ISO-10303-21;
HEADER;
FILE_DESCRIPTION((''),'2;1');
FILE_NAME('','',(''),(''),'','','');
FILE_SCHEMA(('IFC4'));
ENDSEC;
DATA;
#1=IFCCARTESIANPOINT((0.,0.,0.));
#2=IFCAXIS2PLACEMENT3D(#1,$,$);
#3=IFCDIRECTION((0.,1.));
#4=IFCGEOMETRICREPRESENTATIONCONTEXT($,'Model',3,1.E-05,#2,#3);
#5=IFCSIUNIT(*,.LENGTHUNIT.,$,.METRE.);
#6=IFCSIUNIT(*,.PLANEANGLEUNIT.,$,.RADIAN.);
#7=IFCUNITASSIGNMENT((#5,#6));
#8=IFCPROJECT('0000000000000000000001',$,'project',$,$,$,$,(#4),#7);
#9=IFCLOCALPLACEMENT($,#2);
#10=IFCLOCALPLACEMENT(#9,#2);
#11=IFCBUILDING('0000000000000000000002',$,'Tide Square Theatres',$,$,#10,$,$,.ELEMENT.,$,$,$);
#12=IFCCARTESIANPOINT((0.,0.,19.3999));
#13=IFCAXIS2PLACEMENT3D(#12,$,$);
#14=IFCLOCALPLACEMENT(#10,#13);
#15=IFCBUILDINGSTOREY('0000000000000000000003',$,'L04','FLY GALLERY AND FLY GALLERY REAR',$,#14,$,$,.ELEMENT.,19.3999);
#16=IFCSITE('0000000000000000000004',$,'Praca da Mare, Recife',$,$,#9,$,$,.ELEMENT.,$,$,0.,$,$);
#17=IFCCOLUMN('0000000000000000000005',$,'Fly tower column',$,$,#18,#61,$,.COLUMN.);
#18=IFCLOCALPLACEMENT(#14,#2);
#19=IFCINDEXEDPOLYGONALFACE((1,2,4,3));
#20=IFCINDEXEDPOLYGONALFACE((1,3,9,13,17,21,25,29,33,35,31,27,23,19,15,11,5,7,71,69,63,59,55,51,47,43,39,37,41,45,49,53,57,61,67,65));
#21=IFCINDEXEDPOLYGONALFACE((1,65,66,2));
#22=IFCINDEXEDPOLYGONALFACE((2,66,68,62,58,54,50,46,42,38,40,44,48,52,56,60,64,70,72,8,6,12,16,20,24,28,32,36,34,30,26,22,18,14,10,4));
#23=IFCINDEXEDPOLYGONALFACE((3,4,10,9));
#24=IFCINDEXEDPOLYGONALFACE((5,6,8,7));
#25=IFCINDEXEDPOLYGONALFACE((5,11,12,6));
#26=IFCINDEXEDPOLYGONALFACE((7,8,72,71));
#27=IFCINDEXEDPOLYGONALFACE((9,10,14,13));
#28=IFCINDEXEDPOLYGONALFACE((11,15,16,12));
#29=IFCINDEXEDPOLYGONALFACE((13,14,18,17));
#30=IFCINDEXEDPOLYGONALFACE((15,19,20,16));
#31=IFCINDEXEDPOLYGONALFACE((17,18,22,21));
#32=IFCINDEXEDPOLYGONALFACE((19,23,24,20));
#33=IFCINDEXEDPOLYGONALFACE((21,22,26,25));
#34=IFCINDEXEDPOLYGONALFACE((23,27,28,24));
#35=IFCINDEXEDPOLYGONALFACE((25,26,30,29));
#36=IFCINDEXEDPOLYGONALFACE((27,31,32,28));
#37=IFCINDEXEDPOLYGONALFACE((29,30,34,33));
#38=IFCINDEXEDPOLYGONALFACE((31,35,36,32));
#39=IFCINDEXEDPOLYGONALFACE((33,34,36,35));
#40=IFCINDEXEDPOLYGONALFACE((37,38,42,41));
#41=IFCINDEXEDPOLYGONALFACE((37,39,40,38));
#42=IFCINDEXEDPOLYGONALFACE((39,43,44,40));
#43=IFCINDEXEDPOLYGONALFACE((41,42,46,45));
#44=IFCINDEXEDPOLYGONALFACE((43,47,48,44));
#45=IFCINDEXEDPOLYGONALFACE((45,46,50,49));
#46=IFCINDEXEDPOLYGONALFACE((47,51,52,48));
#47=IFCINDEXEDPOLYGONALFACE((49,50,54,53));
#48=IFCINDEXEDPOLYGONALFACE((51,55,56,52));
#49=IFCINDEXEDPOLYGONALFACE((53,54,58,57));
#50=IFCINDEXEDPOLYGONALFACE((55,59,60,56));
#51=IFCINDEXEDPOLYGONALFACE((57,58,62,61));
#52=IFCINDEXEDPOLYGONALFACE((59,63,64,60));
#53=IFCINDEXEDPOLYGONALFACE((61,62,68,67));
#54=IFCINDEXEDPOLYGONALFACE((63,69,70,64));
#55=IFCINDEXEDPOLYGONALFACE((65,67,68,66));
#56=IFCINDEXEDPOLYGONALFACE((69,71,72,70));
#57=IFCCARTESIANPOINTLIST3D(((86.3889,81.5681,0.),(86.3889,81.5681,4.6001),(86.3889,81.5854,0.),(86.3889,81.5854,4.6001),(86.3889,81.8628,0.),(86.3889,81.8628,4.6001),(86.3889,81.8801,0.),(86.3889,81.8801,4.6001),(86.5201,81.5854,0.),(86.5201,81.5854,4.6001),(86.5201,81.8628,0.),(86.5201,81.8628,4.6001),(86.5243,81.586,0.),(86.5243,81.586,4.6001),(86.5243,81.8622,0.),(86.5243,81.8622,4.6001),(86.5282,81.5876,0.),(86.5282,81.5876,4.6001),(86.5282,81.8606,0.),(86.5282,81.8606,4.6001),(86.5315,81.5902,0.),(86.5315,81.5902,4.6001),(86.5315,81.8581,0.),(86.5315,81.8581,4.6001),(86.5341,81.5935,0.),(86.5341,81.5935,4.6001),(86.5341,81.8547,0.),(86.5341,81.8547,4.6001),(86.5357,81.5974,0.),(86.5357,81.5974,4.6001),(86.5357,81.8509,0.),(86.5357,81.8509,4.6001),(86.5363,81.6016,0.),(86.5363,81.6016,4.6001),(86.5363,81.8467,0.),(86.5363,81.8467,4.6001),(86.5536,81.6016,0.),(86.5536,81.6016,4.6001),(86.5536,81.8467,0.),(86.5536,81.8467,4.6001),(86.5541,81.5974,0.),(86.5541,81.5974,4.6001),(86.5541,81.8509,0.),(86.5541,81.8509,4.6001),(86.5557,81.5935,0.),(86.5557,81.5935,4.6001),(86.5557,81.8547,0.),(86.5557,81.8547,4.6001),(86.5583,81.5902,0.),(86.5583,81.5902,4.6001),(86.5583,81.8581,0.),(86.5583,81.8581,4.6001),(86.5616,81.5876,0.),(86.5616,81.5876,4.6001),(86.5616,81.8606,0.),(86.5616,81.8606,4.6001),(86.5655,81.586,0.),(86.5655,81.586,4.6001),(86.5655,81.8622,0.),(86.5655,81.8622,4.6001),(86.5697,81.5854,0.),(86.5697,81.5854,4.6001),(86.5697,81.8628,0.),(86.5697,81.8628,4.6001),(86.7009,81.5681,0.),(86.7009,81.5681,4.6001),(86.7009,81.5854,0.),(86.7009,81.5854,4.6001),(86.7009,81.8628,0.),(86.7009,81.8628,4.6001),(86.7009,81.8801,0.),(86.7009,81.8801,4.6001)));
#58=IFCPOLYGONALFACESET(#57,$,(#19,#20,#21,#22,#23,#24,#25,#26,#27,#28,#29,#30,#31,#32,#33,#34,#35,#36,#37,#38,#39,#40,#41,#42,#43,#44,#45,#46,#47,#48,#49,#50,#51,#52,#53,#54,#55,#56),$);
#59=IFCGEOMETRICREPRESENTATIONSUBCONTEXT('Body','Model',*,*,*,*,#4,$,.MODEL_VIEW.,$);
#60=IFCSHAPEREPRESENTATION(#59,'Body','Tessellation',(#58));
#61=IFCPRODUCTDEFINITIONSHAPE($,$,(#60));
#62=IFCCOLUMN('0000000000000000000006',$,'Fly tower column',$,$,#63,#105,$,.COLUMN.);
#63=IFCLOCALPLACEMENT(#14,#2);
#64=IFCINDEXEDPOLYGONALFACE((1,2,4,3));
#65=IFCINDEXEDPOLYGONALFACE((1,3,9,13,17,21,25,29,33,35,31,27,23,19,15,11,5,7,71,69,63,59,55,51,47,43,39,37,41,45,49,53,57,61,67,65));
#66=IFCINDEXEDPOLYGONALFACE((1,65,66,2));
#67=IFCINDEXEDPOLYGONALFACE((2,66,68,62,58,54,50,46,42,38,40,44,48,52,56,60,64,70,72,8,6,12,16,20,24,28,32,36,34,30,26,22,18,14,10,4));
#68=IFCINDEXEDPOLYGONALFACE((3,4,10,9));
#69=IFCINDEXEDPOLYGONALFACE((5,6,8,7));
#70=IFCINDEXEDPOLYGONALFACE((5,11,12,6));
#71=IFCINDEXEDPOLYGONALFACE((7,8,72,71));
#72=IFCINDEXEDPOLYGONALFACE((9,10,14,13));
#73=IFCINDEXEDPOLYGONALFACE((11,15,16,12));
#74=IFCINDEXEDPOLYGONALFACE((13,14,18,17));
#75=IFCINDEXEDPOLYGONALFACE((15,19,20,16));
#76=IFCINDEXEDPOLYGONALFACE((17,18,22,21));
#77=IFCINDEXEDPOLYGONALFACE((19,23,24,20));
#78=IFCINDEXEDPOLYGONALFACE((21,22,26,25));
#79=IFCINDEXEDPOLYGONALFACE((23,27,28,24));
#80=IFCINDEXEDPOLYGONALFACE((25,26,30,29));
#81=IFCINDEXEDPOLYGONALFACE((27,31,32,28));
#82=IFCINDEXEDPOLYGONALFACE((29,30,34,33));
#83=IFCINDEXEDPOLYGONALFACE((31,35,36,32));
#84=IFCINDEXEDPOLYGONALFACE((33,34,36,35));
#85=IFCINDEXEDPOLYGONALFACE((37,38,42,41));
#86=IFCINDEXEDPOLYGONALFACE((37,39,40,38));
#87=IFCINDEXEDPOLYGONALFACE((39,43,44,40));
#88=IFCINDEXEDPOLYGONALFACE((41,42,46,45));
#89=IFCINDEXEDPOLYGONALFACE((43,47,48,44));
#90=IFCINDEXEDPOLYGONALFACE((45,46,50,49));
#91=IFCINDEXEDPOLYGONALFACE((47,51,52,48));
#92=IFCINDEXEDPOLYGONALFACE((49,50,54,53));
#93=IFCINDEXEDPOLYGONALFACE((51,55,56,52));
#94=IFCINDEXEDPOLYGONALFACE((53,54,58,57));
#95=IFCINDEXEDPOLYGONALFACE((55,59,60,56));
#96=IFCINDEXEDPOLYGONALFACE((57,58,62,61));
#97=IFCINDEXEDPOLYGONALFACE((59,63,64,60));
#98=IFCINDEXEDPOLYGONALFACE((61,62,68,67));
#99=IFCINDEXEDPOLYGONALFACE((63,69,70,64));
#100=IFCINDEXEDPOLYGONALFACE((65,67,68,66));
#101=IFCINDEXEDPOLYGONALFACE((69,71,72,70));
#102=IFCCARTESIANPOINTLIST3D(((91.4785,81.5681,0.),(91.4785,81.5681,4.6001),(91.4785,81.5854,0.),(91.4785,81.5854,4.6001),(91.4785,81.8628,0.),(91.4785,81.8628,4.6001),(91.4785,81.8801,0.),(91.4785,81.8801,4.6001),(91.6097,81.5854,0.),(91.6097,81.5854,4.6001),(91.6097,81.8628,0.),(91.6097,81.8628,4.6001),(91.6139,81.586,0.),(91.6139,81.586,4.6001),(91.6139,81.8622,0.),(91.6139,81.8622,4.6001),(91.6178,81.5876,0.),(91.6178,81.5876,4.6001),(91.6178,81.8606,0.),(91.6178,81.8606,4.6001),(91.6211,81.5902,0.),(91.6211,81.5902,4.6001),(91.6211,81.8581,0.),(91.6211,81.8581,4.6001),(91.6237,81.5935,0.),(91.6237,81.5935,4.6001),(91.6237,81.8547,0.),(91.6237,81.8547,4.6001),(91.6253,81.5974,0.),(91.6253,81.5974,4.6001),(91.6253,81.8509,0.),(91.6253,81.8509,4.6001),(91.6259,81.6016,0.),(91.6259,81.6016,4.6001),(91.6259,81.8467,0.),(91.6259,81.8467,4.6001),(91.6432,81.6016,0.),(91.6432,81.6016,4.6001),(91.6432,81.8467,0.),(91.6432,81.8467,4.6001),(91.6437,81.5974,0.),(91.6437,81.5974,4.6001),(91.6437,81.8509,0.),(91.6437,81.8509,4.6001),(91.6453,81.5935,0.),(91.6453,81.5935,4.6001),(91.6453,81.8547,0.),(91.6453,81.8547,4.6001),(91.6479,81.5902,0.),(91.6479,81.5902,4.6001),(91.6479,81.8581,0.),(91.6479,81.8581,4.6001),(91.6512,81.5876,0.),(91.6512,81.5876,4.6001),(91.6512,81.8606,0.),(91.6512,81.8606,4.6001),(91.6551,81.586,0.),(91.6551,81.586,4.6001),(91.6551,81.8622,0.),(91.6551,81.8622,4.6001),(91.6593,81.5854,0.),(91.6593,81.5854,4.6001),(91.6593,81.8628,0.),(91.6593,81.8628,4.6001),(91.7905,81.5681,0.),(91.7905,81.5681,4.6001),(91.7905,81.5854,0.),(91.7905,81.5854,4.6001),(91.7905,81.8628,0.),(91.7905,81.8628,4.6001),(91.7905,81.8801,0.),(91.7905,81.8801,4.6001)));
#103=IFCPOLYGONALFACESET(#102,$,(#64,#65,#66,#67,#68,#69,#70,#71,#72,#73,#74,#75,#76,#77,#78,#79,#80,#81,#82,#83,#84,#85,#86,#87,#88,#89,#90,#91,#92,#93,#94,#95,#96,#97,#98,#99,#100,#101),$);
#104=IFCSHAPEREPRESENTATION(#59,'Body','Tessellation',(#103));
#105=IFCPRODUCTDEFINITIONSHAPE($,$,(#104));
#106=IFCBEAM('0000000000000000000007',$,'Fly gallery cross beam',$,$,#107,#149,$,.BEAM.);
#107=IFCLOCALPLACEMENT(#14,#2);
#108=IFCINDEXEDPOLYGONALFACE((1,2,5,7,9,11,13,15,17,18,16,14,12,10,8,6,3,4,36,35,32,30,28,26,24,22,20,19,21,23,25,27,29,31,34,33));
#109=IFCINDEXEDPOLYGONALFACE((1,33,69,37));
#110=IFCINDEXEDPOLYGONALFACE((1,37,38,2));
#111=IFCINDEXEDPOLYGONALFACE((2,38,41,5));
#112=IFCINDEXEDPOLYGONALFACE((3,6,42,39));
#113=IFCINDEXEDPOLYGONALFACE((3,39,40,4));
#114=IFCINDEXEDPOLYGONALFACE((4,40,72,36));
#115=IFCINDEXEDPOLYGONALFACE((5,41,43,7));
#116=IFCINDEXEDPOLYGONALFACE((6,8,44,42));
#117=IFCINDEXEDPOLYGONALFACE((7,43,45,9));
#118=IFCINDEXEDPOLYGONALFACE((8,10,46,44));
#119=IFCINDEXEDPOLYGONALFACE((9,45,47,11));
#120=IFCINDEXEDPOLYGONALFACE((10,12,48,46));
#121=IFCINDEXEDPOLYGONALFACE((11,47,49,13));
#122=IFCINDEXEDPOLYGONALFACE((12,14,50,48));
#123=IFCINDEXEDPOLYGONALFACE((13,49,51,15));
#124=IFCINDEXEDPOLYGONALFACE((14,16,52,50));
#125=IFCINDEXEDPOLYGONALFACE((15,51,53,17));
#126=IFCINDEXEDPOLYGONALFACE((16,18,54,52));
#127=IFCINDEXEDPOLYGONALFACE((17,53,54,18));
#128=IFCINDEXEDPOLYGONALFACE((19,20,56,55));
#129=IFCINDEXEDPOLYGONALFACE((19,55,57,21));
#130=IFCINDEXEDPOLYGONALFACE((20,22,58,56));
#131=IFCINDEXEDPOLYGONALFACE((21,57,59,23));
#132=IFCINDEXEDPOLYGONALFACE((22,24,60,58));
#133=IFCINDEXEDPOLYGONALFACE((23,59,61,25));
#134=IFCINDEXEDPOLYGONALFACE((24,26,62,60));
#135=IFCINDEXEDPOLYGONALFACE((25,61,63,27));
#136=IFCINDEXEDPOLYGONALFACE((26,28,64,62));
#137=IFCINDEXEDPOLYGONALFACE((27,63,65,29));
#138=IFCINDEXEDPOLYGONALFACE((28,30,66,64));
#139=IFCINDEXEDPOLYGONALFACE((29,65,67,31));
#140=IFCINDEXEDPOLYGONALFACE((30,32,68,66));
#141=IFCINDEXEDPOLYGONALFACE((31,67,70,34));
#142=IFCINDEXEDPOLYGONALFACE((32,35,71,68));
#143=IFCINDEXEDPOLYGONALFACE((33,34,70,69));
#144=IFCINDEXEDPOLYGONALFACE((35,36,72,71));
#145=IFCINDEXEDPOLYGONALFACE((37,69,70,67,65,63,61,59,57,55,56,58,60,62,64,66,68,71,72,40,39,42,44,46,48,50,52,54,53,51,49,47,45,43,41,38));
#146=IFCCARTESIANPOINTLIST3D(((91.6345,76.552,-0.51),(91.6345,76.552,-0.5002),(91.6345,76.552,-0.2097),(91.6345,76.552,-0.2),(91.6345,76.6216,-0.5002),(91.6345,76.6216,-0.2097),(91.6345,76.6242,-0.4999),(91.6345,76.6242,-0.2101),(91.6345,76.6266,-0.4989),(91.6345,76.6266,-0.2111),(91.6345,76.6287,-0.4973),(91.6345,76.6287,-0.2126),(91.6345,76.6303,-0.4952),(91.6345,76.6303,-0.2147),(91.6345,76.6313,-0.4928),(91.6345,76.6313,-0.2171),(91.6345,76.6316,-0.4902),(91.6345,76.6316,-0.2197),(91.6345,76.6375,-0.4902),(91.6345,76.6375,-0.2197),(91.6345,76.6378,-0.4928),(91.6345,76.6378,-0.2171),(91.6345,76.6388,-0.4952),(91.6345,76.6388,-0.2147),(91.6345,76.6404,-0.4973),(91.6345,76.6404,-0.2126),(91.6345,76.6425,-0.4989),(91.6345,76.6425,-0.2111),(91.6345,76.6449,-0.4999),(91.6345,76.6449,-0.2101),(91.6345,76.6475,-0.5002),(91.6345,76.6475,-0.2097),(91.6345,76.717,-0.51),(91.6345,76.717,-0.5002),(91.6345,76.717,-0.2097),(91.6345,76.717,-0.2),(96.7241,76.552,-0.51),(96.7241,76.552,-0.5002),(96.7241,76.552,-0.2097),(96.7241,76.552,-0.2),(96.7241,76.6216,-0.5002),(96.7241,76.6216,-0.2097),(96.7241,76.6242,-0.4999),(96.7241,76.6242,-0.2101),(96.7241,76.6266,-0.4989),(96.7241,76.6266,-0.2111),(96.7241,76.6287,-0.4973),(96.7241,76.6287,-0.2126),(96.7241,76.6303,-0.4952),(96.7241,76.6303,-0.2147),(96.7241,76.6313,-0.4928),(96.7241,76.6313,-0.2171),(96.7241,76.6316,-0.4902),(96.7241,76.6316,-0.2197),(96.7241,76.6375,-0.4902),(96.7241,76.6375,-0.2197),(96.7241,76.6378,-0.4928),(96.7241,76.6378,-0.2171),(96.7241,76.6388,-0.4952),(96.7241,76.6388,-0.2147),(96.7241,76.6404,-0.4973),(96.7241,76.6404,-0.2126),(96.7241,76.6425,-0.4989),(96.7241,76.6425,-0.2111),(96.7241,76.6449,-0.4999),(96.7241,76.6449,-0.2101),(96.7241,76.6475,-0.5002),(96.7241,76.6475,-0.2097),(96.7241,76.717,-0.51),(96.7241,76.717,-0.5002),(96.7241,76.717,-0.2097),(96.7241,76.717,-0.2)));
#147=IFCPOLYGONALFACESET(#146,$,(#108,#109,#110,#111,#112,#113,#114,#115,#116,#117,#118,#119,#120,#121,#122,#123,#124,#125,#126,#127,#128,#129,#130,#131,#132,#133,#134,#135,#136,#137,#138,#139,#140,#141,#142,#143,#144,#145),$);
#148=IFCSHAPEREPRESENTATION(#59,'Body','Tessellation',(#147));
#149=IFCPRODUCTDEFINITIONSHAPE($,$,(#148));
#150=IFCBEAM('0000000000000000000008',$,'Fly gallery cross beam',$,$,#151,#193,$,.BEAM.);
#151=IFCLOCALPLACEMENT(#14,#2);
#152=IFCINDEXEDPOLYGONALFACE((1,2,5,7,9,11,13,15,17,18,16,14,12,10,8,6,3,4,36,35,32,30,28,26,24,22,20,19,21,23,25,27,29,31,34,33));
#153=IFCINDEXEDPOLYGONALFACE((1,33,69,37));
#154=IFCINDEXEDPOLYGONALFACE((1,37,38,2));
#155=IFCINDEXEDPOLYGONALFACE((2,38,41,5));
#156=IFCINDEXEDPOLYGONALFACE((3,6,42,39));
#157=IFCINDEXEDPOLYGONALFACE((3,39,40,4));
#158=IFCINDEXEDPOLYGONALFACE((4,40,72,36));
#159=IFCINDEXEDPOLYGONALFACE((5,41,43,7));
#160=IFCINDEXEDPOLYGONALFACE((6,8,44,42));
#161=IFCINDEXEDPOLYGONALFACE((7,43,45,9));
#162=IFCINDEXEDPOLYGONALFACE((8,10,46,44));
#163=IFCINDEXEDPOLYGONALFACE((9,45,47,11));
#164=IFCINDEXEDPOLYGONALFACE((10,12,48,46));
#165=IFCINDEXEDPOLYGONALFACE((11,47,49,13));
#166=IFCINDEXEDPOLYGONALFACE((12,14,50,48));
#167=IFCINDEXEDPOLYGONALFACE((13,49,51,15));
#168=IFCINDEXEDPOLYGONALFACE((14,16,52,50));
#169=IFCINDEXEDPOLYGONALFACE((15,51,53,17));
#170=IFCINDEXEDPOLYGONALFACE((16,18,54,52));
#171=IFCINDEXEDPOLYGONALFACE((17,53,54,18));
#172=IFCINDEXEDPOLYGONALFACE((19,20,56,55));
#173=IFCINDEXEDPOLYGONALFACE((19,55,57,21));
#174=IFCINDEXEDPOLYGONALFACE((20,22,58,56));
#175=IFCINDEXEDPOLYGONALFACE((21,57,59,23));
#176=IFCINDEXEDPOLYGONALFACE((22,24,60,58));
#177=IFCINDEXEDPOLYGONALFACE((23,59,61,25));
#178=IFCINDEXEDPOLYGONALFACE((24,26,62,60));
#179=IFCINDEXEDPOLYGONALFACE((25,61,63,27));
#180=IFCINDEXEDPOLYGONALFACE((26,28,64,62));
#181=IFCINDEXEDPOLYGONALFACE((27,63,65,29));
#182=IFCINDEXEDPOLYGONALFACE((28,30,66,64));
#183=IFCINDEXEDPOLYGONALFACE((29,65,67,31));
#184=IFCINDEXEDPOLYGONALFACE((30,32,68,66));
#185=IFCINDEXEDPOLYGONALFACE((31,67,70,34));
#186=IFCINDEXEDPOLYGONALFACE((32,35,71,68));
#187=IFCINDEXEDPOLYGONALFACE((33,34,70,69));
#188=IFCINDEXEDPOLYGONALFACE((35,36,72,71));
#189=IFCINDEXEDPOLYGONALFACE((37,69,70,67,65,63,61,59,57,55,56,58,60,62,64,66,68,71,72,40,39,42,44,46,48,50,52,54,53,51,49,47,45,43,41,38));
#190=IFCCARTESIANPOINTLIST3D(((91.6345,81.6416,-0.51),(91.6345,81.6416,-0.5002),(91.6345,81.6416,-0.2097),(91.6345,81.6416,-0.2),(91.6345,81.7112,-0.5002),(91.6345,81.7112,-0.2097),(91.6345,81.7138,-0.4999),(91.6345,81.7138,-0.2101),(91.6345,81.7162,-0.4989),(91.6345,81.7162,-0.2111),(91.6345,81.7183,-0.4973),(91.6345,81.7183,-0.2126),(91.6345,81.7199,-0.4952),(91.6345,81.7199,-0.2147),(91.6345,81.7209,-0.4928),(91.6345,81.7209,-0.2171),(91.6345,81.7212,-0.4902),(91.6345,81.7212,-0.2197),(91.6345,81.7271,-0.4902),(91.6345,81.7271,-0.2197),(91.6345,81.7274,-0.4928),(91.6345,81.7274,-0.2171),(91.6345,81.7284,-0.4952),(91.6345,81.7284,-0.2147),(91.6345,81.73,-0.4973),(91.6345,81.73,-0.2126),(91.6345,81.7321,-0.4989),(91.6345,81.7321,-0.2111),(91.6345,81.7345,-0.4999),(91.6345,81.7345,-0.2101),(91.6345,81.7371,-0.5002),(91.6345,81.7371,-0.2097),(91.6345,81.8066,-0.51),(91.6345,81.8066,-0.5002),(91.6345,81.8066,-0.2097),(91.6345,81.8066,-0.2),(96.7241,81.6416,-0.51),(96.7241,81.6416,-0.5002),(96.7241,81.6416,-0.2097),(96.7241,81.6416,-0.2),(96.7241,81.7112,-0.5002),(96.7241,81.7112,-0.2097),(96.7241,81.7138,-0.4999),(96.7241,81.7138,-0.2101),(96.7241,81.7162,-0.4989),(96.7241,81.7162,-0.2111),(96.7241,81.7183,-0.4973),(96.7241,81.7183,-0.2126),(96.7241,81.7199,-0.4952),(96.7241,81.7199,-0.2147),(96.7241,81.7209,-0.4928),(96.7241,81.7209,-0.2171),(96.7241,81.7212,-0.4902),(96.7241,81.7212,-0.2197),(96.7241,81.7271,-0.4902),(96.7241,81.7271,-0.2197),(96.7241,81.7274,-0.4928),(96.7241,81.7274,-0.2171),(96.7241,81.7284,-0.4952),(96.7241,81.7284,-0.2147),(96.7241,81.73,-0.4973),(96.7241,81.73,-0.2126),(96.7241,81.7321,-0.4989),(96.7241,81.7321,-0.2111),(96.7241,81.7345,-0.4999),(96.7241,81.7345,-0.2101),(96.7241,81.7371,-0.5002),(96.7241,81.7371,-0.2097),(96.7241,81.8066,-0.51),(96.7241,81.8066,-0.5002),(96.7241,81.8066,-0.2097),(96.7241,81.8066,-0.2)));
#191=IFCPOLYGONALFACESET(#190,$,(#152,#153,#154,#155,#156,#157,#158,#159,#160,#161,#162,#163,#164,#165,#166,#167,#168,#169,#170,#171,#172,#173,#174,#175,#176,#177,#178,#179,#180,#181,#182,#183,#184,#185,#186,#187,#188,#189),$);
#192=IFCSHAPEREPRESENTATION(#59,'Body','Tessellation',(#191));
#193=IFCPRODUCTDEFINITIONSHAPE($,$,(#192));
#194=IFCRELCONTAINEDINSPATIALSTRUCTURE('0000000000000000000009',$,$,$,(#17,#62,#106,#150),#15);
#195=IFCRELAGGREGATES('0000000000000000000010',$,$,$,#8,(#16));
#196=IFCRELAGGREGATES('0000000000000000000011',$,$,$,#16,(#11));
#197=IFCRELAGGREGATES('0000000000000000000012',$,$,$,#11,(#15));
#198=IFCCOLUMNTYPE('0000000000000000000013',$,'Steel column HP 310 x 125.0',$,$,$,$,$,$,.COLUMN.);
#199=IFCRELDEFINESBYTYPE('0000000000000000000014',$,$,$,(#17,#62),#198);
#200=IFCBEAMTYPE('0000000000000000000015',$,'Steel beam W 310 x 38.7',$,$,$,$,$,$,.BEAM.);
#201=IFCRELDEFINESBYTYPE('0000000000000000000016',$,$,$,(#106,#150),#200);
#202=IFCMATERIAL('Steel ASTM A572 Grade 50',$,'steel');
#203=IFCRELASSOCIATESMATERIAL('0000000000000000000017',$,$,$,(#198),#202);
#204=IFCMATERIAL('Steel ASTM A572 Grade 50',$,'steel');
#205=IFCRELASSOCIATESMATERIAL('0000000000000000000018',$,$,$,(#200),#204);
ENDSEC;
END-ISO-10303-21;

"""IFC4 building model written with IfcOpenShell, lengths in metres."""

from ifc_helpers import new_model, si_unit, direction, frame, origin, origin_2d, place, context, subcontext, project, spatial, i_section, extrude, material, material_profile, profile_set, type_object, element, save


model = new_model("IFC4")

# Units and contexts
model_context = context("Model", 3, precision=1e-05, world=origin(), true_north=direction((0.0, 1.0)))
body_context = subcontext(model_context, "Body", "Model", "MODEL_VIEW")
ifc_project = project(units=[si_unit("LENGTHUNIT", "METRE"), si_unit("PLANEANGLEUNIT", "RADIAN")], contexts=[model_context])

# Site, building, storey
site_placement = place(None, origin())
site = spatial("IfcSite", under=ifc_project, at=site_placement, Name="Praca da Mare, Recife", CompositionType="ELEMENT", RefElevation=0.0)
building_placement = place(site_placement, origin())
building = spatial("IfcBuilding", under=site, at=building_placement, Name="Tide Square Theatres", CompositionType="ELEMENT")
storey_placement = place(building_placement, frame((0.0, 0.0, 19.3999)))
storey = spatial("IfcBuildingStorey", under=building, at=storey_placement, Name="L04", Description="FLY GALLERY AND FLY GALLERY REAR", CompositionType="ELEMENT", Elevation=19.3999)

# Columns
ifc_material_1 = material(Name="Steel ASTM A572 Grade 50", Category="steel")
ifc_material_profile_1 = material_profile(ifc_material_1, i_section(OverallWidth=0.312, OverallDepth=0.312, WebThickness=0.0173, FlangeThickness=0.0173, FilletRadius=0.0161, at=origin_2d()))
ifc_profile_set_1 = profile_set([ifc_material_profile_1], Name="Steel ASTM A572 Grade 50")
column_type = type_object("IfcColumnType", Name="Steel column HP 310 x 125.0", PredefinedType="COLUMN", material=ifc_profile_set_1)
for number, where, z_axis, x_axis, name in (
    (1, (86.5449, 81.7241, 0.0), (0.0, 0.0, 1.0), (1.0, 0.0, 0.0), "Fly tower column"),
    (2, (91.6345, 81.7241, 0.0), (0.0, 0.0, 1.0), (1.0, 0.0, 0.0), "Fly tower column"),
):
    element("IfcColumn", number, at=place(storey_placement, frame(where, z_axis=z_axis, x_axis=x_axis)), inside=storey, type_object=column_type, Name=name, PredefinedType="COLUMN", context=body_context, shape_type="SweptSolid", body=[
        extrude(i_section(OverallWidth=0.312, OverallDepth=0.312, WebThickness=0.0173, FlangeThickness=0.0173, FilletRadius=0.0161, at=origin_2d()), origin(), (0.0, 0.0, 1.0), 4.6001),
    ])

# Beams
ifc_material_2 = material(Name="Steel ASTM A572 Grade 50", Category="steel")
ifc_material_profile_2 = material_profile(ifc_material_2, i_section(OverallWidth=0.165, OverallDepth=0.3101, WebThickness=0.0059, FlangeThickness=0.0098, FilletRadius=0.01, at=origin_2d()))
ifc_profile_set_2 = profile_set([ifc_material_profile_2], Name="Steel ASTM A572 Grade 50")
beam_type = type_object("IfcBeamType", Name="Steel beam W 310 x 38.7", PredefinedType="BEAM", material=ifc_profile_set_2)
for number, where, z_axis, x_axis, name in (
    (3, (91.6345, 76.6345, -0.355), (1.0, 0.0, 0.0), (0.0, 1.0, 0.0), "Fly gallery cross beam"),
    (4, (91.6345, 81.7241, -0.355), (1.0, 0.0, 0.0), (0.0, 1.0, 0.0), "Fly gallery cross beam"),
):
    element("IfcBeam", number, at=place(storey_placement, frame(where, z_axis=z_axis, x_axis=x_axis)), inside=storey, type_object=beam_type, Name=name, PredefinedType="BEAM", context=body_context, shape_type="SweptSolid", body=[
        extrude(i_section(OverallWidth=0.165, OverallDepth=0.3101, WebThickness=0.0059, FlangeThickness=0.0098, FilletRadius=0.01, at=origin_2d()), origin(), (0.0, 0.0, 1.0), 5.0896),
    ])

save(model, "model.ifc")
